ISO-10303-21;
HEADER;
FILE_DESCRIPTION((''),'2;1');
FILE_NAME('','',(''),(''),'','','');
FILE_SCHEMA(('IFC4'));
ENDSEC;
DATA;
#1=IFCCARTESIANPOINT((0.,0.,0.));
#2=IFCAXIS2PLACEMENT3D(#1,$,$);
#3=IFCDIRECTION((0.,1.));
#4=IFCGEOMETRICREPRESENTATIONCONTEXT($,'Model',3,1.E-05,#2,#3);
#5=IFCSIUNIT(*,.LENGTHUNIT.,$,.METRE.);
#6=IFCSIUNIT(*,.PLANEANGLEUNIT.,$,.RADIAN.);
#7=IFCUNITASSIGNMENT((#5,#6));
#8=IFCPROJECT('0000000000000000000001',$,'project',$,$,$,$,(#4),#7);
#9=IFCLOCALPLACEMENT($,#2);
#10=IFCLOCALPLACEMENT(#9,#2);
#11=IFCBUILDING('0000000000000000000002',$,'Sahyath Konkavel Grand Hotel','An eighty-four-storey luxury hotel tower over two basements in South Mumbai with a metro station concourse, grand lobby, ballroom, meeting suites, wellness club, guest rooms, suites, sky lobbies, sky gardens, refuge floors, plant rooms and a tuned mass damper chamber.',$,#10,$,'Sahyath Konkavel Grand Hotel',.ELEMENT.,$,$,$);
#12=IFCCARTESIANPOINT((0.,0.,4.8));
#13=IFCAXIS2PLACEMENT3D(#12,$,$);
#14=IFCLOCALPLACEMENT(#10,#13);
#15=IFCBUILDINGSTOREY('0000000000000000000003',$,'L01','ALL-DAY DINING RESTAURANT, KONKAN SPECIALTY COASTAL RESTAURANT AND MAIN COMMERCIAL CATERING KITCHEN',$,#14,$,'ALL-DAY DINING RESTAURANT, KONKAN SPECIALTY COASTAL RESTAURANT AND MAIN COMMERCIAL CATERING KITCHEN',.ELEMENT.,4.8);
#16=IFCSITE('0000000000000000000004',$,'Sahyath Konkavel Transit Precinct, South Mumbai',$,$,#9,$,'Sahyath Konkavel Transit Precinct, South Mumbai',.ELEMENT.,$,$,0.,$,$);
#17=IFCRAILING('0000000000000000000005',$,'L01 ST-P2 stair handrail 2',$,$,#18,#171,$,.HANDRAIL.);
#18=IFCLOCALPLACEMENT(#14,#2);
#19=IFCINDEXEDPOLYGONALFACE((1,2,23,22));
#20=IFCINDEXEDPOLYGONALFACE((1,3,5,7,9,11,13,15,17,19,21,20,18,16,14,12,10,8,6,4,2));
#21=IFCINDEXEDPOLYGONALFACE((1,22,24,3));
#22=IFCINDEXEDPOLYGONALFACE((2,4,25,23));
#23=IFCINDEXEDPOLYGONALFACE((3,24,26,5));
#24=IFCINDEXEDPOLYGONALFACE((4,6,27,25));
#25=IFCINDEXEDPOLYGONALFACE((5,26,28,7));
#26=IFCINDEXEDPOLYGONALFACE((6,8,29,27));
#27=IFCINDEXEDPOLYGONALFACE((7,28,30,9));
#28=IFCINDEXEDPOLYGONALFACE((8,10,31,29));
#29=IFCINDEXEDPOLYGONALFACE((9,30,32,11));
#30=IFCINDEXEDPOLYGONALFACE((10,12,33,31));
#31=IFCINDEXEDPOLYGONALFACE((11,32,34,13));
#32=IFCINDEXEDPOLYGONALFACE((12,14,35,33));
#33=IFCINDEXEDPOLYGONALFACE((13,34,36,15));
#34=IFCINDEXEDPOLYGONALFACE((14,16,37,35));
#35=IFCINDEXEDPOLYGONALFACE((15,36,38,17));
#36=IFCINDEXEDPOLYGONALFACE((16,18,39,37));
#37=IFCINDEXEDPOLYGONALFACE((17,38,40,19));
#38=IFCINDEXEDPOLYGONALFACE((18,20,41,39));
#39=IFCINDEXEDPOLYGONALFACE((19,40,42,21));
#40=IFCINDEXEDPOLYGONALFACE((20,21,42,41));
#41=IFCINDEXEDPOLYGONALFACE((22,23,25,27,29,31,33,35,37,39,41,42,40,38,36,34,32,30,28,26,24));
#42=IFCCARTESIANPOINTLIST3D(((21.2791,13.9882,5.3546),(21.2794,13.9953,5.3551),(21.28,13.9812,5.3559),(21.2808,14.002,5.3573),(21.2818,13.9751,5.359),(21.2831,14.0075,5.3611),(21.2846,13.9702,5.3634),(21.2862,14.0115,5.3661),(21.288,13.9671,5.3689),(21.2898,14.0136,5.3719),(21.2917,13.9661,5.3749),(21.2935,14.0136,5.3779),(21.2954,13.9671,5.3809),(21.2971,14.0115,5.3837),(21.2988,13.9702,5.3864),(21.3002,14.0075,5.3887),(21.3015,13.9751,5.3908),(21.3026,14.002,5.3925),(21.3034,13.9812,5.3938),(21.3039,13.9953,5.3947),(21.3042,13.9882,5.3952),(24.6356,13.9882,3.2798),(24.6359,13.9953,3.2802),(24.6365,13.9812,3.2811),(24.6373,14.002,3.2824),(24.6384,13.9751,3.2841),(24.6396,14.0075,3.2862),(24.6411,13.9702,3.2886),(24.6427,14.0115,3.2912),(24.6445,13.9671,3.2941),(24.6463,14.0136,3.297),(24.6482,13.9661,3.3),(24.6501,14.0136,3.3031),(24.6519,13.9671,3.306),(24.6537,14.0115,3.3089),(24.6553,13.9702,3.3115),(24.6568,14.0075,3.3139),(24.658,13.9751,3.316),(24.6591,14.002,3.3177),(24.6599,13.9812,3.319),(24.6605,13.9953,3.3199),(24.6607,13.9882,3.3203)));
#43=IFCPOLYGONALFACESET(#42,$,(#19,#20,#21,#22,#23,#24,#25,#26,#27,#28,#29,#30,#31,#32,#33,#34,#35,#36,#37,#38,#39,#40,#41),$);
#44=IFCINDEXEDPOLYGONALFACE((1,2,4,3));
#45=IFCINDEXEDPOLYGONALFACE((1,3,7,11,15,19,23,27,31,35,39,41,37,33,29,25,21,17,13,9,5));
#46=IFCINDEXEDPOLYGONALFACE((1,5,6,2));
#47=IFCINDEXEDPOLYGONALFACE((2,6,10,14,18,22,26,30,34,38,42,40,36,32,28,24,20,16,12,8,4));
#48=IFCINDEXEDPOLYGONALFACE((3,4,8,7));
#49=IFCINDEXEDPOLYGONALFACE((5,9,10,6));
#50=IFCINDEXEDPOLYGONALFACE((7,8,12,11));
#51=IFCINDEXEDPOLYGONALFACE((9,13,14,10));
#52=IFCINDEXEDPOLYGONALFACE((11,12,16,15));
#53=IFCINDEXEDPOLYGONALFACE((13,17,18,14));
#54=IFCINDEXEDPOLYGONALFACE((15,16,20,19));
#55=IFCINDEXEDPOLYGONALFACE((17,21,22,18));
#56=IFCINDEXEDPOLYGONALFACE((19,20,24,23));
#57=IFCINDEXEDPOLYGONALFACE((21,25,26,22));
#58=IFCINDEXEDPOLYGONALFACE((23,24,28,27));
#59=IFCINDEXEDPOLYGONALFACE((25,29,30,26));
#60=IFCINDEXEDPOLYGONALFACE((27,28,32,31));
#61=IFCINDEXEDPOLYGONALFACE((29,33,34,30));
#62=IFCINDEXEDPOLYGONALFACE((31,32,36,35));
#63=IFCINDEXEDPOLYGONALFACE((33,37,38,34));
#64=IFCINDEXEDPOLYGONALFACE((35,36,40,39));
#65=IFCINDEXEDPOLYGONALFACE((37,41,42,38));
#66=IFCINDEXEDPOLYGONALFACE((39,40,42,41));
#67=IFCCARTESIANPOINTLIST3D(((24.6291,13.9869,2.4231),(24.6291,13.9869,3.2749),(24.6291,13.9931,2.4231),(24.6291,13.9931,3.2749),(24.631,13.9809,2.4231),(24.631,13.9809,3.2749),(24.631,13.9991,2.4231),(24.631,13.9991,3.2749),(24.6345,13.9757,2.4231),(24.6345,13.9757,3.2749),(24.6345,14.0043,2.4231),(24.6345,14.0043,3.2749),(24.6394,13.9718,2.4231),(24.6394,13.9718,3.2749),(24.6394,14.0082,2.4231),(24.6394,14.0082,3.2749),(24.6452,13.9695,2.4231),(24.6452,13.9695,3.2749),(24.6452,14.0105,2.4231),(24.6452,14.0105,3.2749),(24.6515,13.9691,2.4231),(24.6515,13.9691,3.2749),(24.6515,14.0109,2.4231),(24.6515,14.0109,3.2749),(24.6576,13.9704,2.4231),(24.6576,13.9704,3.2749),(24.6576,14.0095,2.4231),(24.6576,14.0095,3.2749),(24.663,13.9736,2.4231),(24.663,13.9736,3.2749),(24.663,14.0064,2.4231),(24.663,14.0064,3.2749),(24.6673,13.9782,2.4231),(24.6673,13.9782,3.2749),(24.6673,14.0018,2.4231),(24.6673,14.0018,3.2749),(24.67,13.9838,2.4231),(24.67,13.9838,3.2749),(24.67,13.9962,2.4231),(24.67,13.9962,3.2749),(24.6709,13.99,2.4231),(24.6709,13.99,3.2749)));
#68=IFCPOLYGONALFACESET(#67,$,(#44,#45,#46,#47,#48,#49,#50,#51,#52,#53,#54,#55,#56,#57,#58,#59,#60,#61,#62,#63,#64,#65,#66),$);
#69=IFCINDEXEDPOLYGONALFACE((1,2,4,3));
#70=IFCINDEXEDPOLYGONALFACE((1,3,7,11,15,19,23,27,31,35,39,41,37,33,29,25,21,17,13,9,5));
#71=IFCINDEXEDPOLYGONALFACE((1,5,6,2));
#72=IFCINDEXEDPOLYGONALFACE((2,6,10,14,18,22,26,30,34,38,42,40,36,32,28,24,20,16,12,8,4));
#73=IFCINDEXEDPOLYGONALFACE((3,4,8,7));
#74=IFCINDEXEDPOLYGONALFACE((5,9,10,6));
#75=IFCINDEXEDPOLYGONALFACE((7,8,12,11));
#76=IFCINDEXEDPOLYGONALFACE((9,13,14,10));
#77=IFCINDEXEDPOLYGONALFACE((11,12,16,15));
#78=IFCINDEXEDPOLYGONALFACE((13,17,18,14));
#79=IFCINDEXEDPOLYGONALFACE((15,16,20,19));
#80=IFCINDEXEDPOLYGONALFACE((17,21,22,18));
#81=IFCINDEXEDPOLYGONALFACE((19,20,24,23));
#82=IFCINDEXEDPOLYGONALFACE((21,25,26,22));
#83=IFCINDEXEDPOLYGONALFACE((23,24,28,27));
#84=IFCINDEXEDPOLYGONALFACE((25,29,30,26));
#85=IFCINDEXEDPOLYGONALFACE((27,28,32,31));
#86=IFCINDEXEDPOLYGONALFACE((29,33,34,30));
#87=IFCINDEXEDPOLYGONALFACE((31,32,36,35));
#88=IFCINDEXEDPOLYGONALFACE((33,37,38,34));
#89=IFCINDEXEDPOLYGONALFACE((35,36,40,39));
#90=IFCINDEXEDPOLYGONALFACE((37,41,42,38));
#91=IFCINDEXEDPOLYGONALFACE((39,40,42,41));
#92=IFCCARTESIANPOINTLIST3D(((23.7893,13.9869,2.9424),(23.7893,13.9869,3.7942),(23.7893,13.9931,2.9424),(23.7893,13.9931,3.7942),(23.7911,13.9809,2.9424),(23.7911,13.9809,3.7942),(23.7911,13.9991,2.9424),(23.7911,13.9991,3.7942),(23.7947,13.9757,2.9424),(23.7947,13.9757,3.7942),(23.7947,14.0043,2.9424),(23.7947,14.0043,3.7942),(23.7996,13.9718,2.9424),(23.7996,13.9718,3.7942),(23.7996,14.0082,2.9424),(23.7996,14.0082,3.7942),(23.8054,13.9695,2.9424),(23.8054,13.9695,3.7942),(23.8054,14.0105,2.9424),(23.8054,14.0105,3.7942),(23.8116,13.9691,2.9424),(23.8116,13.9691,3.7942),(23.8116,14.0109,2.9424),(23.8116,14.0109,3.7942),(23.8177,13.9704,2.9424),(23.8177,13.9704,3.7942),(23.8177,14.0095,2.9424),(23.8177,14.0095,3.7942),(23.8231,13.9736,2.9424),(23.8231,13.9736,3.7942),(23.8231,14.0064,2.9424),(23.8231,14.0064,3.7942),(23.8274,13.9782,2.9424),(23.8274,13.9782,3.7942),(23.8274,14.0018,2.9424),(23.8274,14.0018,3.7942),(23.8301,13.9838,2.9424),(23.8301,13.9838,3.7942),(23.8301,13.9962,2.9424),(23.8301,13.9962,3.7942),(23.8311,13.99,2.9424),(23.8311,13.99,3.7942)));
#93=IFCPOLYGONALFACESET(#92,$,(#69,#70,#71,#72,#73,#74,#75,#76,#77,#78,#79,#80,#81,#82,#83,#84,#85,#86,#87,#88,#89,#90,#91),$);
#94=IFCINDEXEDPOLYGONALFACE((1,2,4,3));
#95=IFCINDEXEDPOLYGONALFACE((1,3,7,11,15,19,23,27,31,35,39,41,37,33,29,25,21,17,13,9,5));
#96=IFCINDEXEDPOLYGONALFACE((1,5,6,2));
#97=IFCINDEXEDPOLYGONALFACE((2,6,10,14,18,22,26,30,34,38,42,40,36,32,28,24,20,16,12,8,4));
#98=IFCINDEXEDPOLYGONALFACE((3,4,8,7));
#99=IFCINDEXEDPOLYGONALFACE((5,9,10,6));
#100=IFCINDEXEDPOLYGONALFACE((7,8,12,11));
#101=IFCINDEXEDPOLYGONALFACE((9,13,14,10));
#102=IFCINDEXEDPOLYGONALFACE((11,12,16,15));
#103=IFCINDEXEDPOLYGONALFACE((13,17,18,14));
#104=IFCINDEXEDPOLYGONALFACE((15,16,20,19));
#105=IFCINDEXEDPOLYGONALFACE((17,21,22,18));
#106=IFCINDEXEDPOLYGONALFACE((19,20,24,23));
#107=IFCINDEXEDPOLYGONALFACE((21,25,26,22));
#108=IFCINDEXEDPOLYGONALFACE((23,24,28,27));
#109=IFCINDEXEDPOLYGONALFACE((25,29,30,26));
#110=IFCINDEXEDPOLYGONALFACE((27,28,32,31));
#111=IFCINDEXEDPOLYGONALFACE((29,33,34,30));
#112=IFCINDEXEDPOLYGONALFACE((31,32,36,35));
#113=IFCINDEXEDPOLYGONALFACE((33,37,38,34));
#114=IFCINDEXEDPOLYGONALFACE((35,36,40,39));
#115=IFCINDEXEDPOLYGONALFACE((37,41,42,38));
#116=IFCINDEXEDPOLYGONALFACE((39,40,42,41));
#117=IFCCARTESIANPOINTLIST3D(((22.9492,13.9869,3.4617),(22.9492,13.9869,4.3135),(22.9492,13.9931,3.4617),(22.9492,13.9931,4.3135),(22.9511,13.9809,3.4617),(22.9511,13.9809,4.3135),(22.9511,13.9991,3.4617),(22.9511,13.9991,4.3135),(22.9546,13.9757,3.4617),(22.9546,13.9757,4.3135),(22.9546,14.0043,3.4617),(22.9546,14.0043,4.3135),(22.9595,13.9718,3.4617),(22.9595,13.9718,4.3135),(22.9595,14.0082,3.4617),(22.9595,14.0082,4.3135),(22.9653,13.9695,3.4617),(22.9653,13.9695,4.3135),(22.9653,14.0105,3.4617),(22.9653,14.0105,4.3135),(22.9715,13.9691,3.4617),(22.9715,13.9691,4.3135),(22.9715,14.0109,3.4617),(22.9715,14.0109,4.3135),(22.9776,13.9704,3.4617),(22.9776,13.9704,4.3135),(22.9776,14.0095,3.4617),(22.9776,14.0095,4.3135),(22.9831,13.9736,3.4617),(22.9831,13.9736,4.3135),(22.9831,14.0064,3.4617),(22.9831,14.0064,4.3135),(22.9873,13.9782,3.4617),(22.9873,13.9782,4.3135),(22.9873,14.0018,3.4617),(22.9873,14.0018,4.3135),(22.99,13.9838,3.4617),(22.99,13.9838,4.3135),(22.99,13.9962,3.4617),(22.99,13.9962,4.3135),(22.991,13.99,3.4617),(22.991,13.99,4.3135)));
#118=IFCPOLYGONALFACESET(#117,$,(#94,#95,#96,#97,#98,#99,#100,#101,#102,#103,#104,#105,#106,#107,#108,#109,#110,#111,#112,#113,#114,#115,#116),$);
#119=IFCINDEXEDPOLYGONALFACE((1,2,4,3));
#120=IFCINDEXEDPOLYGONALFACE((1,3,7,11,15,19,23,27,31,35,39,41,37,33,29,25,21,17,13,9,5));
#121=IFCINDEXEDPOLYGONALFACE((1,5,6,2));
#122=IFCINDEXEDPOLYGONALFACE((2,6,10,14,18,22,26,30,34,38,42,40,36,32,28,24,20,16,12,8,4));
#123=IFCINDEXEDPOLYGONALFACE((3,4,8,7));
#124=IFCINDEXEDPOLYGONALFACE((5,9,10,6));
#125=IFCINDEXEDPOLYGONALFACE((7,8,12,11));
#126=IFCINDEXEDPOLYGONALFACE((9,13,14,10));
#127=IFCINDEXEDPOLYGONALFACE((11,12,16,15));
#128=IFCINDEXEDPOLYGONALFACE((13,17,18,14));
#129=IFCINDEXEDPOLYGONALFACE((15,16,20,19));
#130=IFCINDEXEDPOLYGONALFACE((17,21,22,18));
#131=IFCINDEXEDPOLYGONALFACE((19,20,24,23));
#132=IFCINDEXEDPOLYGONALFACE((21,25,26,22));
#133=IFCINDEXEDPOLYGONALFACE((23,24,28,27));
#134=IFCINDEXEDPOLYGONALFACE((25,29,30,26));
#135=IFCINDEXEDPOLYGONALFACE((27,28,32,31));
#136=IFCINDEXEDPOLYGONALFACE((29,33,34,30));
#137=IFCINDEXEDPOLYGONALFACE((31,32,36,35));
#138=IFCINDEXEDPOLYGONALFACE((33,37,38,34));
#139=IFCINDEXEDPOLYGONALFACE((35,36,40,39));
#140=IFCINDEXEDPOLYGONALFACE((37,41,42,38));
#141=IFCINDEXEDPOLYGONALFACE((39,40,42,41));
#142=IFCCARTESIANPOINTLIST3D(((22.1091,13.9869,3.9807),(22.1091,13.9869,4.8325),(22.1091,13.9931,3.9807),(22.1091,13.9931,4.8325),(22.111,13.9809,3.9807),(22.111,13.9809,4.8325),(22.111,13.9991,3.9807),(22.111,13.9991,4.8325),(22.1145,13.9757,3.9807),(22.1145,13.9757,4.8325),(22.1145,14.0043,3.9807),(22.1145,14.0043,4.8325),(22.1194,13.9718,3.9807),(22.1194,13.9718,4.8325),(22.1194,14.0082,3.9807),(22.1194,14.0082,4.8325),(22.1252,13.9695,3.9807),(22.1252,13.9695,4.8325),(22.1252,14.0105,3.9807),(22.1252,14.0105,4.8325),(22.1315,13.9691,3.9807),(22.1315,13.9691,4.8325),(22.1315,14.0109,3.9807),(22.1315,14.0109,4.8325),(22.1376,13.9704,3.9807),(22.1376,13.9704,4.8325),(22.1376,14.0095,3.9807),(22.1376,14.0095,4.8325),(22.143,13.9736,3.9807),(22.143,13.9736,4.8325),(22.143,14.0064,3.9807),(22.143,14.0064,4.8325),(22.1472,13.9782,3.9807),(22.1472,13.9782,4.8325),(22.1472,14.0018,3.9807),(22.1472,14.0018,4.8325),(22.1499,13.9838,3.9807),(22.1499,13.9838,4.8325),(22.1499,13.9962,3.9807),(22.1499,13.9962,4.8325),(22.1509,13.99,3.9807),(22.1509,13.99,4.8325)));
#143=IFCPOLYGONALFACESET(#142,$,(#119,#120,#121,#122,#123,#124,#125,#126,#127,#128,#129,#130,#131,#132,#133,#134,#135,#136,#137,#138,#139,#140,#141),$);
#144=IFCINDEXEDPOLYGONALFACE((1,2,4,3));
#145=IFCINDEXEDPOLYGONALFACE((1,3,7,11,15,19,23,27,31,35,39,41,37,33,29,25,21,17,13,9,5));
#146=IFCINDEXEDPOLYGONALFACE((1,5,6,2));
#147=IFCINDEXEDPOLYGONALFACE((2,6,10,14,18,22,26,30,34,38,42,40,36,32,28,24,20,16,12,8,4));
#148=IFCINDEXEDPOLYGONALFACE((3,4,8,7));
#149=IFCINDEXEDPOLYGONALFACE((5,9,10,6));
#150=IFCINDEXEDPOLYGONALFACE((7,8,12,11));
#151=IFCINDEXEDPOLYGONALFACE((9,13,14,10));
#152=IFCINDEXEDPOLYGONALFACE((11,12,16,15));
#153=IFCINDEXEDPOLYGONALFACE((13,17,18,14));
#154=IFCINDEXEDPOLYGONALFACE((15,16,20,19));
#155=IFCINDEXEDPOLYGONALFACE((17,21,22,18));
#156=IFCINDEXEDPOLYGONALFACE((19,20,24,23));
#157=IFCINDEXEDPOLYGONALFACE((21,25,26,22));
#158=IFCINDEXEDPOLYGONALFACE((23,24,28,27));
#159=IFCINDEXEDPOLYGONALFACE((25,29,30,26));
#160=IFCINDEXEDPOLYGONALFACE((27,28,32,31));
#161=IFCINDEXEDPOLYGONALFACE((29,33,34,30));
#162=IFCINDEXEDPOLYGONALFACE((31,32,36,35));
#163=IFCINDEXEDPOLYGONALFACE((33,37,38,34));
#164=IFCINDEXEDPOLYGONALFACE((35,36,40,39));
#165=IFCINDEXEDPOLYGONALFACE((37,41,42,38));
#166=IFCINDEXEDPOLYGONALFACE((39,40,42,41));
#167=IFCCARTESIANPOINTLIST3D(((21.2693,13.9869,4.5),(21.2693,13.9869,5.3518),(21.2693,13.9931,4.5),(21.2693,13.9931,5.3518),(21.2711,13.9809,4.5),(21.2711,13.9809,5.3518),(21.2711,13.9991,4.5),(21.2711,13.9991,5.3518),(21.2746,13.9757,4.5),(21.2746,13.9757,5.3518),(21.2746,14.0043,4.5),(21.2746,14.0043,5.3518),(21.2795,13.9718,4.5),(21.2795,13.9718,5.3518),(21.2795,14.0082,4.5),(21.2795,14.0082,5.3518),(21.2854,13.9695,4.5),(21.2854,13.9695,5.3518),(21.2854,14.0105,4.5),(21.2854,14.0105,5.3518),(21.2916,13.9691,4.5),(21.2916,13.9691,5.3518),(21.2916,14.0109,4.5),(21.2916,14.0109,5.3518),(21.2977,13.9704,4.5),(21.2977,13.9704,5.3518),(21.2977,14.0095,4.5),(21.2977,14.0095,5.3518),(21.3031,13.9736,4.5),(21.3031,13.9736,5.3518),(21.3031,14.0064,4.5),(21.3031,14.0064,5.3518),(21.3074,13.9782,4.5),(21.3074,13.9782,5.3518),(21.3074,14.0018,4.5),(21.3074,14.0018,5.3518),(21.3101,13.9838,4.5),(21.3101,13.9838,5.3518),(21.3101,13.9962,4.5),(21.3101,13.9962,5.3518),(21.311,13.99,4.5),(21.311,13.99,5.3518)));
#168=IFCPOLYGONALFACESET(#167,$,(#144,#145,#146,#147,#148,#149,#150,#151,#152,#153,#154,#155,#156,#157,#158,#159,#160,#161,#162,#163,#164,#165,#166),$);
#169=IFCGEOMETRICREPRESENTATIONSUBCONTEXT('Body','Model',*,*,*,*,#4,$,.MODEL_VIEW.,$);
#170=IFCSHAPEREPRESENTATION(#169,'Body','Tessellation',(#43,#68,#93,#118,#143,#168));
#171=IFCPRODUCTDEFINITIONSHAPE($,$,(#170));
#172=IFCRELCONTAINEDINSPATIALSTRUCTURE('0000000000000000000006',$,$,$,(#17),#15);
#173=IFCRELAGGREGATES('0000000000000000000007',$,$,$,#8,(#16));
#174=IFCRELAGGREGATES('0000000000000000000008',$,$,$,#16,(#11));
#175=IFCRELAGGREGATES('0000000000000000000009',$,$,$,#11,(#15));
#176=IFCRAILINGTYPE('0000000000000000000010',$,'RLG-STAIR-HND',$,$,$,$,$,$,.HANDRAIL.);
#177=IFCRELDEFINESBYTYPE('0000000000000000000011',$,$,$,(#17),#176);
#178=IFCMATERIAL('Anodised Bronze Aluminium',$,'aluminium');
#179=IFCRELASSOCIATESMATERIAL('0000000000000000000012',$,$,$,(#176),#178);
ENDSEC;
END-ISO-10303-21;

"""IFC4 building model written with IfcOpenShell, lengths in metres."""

from ifc_helpers import new_model, si_unit, direction, frame, origin, origin_2d, place, context, subcontext, project, spatial, circle, extrude, material, type_object, element, save


model = new_model("IFC4")

# Units and contexts
model_context = context("Model", 3, precision=1e-05, world=origin(), true_north=direction((0.0, 1.0)))
body_context = subcontext(model_context, "Body", "Model", "MODEL_VIEW")
ifc_project = project(units=[si_unit("LENGTHUNIT", "METRE"), si_unit("PLANEANGLEUNIT", "RADIAN")], contexts=[model_context])

# Site, building, storey
site_placement = place(None, origin())
site = spatial("IfcSite", under=ifc_project, at=site_placement, Name="Sahyath Konkavel Transit Precinct, South Mumbai", LongName="Sahyath Konkavel Transit Precinct, South Mumbai", CompositionType="ELEMENT", RefElevation=0.0)
building_placement = place(site_placement, origin())
building = spatial("IfcBuilding", under=site, at=building_placement, Name="Sahyath Konkavel Grand Hotel", Description="An eighty-four-storey luxury hotel tower over two basements in South Mumbai with a metro station concourse, grand lobby, ballroom, meeting suites, wellness club, guest rooms, suites, sky lobbies, sky gardens, refuge floors, plant rooms and a tuned mass damper chamber.", LongName="Sahyath Konkavel Grand Hotel", CompositionType="ELEMENT")
storey_placement = place(building_placement, frame((0.0, 0.0, 4.8)))
storey = spatial("IfcBuildingStorey", under=building, at=storey_placement, Name="L01", Description="ALL-DAY DINING RESTAURANT, KONKAN SPECIALTY COASTAL RESTAURANT AND MAIN COMMERCIAL CATERING KITCHEN", LongName="ALL-DAY DINING RESTAURANT, KONKAN SPECIALTY COASTAL RESTAURANT AND MAIN COMMERCIAL CATERING KITCHEN", CompositionType="ELEMENT", Elevation=4.8)

# Shared definitions
ifc_material_1 = material(Name="Anodised Bronze Aluminium", Category="aluminium")

# Railing
railing_type_1 = type_object("IfcRailingType", Name="RLG-STAIR-HND", PredefinedType="HANDRAIL", material=ifc_material_1)
railing_1_placement = place(storey_placement, frame((24.6499, 13.99, 2.4231)))
element("IfcRailing", 1, at=railing_1_placement, inside=storey, type_object=railing_type_1, Name="L01 ST-P2 stair handrail 2", PredefinedType="HANDRAIL", context=body_context, shape_type="SweptSolid", body=[
    extrude(circle(Radius=0.0239, at=origin_2d()), frame((-0.0017, 0.0, 0.877), z_axis=(-0.850606, 0.0, 0.525803), x_axis=(0.0, -1.0, 0.0)), (0.0, 0.0, 1.0), 3.946),
    extrude(circle(Radius=0.021, at=origin_2d()), origin(), (0.0, 0.0, 1.0), 0.8518),
    extrude(circle(Radius=0.021, at=origin_2d()), frame((-0.8398, 0.0, 0.5193)), (0.0, 0.0, 1.0), 0.8518),
    extrude(circle(Radius=0.021, at=origin_2d()), frame((-1.6799, 0.0, 1.0386)), (0.0, 0.0, 1.0), 0.8518),
    extrude(circle(Radius=0.021, at=origin_2d()), frame((-2.52, 0.0, 1.5576)), (0.0, 0.0, 1.0), 0.8518),
    extrude(circle(Radius=0.021, at=origin_2d()), frame((-3.3599, 0.0, 2.0769)), (0.0, 0.0, 1.0), 0.8518),
])

save(model, "model.ifc")
